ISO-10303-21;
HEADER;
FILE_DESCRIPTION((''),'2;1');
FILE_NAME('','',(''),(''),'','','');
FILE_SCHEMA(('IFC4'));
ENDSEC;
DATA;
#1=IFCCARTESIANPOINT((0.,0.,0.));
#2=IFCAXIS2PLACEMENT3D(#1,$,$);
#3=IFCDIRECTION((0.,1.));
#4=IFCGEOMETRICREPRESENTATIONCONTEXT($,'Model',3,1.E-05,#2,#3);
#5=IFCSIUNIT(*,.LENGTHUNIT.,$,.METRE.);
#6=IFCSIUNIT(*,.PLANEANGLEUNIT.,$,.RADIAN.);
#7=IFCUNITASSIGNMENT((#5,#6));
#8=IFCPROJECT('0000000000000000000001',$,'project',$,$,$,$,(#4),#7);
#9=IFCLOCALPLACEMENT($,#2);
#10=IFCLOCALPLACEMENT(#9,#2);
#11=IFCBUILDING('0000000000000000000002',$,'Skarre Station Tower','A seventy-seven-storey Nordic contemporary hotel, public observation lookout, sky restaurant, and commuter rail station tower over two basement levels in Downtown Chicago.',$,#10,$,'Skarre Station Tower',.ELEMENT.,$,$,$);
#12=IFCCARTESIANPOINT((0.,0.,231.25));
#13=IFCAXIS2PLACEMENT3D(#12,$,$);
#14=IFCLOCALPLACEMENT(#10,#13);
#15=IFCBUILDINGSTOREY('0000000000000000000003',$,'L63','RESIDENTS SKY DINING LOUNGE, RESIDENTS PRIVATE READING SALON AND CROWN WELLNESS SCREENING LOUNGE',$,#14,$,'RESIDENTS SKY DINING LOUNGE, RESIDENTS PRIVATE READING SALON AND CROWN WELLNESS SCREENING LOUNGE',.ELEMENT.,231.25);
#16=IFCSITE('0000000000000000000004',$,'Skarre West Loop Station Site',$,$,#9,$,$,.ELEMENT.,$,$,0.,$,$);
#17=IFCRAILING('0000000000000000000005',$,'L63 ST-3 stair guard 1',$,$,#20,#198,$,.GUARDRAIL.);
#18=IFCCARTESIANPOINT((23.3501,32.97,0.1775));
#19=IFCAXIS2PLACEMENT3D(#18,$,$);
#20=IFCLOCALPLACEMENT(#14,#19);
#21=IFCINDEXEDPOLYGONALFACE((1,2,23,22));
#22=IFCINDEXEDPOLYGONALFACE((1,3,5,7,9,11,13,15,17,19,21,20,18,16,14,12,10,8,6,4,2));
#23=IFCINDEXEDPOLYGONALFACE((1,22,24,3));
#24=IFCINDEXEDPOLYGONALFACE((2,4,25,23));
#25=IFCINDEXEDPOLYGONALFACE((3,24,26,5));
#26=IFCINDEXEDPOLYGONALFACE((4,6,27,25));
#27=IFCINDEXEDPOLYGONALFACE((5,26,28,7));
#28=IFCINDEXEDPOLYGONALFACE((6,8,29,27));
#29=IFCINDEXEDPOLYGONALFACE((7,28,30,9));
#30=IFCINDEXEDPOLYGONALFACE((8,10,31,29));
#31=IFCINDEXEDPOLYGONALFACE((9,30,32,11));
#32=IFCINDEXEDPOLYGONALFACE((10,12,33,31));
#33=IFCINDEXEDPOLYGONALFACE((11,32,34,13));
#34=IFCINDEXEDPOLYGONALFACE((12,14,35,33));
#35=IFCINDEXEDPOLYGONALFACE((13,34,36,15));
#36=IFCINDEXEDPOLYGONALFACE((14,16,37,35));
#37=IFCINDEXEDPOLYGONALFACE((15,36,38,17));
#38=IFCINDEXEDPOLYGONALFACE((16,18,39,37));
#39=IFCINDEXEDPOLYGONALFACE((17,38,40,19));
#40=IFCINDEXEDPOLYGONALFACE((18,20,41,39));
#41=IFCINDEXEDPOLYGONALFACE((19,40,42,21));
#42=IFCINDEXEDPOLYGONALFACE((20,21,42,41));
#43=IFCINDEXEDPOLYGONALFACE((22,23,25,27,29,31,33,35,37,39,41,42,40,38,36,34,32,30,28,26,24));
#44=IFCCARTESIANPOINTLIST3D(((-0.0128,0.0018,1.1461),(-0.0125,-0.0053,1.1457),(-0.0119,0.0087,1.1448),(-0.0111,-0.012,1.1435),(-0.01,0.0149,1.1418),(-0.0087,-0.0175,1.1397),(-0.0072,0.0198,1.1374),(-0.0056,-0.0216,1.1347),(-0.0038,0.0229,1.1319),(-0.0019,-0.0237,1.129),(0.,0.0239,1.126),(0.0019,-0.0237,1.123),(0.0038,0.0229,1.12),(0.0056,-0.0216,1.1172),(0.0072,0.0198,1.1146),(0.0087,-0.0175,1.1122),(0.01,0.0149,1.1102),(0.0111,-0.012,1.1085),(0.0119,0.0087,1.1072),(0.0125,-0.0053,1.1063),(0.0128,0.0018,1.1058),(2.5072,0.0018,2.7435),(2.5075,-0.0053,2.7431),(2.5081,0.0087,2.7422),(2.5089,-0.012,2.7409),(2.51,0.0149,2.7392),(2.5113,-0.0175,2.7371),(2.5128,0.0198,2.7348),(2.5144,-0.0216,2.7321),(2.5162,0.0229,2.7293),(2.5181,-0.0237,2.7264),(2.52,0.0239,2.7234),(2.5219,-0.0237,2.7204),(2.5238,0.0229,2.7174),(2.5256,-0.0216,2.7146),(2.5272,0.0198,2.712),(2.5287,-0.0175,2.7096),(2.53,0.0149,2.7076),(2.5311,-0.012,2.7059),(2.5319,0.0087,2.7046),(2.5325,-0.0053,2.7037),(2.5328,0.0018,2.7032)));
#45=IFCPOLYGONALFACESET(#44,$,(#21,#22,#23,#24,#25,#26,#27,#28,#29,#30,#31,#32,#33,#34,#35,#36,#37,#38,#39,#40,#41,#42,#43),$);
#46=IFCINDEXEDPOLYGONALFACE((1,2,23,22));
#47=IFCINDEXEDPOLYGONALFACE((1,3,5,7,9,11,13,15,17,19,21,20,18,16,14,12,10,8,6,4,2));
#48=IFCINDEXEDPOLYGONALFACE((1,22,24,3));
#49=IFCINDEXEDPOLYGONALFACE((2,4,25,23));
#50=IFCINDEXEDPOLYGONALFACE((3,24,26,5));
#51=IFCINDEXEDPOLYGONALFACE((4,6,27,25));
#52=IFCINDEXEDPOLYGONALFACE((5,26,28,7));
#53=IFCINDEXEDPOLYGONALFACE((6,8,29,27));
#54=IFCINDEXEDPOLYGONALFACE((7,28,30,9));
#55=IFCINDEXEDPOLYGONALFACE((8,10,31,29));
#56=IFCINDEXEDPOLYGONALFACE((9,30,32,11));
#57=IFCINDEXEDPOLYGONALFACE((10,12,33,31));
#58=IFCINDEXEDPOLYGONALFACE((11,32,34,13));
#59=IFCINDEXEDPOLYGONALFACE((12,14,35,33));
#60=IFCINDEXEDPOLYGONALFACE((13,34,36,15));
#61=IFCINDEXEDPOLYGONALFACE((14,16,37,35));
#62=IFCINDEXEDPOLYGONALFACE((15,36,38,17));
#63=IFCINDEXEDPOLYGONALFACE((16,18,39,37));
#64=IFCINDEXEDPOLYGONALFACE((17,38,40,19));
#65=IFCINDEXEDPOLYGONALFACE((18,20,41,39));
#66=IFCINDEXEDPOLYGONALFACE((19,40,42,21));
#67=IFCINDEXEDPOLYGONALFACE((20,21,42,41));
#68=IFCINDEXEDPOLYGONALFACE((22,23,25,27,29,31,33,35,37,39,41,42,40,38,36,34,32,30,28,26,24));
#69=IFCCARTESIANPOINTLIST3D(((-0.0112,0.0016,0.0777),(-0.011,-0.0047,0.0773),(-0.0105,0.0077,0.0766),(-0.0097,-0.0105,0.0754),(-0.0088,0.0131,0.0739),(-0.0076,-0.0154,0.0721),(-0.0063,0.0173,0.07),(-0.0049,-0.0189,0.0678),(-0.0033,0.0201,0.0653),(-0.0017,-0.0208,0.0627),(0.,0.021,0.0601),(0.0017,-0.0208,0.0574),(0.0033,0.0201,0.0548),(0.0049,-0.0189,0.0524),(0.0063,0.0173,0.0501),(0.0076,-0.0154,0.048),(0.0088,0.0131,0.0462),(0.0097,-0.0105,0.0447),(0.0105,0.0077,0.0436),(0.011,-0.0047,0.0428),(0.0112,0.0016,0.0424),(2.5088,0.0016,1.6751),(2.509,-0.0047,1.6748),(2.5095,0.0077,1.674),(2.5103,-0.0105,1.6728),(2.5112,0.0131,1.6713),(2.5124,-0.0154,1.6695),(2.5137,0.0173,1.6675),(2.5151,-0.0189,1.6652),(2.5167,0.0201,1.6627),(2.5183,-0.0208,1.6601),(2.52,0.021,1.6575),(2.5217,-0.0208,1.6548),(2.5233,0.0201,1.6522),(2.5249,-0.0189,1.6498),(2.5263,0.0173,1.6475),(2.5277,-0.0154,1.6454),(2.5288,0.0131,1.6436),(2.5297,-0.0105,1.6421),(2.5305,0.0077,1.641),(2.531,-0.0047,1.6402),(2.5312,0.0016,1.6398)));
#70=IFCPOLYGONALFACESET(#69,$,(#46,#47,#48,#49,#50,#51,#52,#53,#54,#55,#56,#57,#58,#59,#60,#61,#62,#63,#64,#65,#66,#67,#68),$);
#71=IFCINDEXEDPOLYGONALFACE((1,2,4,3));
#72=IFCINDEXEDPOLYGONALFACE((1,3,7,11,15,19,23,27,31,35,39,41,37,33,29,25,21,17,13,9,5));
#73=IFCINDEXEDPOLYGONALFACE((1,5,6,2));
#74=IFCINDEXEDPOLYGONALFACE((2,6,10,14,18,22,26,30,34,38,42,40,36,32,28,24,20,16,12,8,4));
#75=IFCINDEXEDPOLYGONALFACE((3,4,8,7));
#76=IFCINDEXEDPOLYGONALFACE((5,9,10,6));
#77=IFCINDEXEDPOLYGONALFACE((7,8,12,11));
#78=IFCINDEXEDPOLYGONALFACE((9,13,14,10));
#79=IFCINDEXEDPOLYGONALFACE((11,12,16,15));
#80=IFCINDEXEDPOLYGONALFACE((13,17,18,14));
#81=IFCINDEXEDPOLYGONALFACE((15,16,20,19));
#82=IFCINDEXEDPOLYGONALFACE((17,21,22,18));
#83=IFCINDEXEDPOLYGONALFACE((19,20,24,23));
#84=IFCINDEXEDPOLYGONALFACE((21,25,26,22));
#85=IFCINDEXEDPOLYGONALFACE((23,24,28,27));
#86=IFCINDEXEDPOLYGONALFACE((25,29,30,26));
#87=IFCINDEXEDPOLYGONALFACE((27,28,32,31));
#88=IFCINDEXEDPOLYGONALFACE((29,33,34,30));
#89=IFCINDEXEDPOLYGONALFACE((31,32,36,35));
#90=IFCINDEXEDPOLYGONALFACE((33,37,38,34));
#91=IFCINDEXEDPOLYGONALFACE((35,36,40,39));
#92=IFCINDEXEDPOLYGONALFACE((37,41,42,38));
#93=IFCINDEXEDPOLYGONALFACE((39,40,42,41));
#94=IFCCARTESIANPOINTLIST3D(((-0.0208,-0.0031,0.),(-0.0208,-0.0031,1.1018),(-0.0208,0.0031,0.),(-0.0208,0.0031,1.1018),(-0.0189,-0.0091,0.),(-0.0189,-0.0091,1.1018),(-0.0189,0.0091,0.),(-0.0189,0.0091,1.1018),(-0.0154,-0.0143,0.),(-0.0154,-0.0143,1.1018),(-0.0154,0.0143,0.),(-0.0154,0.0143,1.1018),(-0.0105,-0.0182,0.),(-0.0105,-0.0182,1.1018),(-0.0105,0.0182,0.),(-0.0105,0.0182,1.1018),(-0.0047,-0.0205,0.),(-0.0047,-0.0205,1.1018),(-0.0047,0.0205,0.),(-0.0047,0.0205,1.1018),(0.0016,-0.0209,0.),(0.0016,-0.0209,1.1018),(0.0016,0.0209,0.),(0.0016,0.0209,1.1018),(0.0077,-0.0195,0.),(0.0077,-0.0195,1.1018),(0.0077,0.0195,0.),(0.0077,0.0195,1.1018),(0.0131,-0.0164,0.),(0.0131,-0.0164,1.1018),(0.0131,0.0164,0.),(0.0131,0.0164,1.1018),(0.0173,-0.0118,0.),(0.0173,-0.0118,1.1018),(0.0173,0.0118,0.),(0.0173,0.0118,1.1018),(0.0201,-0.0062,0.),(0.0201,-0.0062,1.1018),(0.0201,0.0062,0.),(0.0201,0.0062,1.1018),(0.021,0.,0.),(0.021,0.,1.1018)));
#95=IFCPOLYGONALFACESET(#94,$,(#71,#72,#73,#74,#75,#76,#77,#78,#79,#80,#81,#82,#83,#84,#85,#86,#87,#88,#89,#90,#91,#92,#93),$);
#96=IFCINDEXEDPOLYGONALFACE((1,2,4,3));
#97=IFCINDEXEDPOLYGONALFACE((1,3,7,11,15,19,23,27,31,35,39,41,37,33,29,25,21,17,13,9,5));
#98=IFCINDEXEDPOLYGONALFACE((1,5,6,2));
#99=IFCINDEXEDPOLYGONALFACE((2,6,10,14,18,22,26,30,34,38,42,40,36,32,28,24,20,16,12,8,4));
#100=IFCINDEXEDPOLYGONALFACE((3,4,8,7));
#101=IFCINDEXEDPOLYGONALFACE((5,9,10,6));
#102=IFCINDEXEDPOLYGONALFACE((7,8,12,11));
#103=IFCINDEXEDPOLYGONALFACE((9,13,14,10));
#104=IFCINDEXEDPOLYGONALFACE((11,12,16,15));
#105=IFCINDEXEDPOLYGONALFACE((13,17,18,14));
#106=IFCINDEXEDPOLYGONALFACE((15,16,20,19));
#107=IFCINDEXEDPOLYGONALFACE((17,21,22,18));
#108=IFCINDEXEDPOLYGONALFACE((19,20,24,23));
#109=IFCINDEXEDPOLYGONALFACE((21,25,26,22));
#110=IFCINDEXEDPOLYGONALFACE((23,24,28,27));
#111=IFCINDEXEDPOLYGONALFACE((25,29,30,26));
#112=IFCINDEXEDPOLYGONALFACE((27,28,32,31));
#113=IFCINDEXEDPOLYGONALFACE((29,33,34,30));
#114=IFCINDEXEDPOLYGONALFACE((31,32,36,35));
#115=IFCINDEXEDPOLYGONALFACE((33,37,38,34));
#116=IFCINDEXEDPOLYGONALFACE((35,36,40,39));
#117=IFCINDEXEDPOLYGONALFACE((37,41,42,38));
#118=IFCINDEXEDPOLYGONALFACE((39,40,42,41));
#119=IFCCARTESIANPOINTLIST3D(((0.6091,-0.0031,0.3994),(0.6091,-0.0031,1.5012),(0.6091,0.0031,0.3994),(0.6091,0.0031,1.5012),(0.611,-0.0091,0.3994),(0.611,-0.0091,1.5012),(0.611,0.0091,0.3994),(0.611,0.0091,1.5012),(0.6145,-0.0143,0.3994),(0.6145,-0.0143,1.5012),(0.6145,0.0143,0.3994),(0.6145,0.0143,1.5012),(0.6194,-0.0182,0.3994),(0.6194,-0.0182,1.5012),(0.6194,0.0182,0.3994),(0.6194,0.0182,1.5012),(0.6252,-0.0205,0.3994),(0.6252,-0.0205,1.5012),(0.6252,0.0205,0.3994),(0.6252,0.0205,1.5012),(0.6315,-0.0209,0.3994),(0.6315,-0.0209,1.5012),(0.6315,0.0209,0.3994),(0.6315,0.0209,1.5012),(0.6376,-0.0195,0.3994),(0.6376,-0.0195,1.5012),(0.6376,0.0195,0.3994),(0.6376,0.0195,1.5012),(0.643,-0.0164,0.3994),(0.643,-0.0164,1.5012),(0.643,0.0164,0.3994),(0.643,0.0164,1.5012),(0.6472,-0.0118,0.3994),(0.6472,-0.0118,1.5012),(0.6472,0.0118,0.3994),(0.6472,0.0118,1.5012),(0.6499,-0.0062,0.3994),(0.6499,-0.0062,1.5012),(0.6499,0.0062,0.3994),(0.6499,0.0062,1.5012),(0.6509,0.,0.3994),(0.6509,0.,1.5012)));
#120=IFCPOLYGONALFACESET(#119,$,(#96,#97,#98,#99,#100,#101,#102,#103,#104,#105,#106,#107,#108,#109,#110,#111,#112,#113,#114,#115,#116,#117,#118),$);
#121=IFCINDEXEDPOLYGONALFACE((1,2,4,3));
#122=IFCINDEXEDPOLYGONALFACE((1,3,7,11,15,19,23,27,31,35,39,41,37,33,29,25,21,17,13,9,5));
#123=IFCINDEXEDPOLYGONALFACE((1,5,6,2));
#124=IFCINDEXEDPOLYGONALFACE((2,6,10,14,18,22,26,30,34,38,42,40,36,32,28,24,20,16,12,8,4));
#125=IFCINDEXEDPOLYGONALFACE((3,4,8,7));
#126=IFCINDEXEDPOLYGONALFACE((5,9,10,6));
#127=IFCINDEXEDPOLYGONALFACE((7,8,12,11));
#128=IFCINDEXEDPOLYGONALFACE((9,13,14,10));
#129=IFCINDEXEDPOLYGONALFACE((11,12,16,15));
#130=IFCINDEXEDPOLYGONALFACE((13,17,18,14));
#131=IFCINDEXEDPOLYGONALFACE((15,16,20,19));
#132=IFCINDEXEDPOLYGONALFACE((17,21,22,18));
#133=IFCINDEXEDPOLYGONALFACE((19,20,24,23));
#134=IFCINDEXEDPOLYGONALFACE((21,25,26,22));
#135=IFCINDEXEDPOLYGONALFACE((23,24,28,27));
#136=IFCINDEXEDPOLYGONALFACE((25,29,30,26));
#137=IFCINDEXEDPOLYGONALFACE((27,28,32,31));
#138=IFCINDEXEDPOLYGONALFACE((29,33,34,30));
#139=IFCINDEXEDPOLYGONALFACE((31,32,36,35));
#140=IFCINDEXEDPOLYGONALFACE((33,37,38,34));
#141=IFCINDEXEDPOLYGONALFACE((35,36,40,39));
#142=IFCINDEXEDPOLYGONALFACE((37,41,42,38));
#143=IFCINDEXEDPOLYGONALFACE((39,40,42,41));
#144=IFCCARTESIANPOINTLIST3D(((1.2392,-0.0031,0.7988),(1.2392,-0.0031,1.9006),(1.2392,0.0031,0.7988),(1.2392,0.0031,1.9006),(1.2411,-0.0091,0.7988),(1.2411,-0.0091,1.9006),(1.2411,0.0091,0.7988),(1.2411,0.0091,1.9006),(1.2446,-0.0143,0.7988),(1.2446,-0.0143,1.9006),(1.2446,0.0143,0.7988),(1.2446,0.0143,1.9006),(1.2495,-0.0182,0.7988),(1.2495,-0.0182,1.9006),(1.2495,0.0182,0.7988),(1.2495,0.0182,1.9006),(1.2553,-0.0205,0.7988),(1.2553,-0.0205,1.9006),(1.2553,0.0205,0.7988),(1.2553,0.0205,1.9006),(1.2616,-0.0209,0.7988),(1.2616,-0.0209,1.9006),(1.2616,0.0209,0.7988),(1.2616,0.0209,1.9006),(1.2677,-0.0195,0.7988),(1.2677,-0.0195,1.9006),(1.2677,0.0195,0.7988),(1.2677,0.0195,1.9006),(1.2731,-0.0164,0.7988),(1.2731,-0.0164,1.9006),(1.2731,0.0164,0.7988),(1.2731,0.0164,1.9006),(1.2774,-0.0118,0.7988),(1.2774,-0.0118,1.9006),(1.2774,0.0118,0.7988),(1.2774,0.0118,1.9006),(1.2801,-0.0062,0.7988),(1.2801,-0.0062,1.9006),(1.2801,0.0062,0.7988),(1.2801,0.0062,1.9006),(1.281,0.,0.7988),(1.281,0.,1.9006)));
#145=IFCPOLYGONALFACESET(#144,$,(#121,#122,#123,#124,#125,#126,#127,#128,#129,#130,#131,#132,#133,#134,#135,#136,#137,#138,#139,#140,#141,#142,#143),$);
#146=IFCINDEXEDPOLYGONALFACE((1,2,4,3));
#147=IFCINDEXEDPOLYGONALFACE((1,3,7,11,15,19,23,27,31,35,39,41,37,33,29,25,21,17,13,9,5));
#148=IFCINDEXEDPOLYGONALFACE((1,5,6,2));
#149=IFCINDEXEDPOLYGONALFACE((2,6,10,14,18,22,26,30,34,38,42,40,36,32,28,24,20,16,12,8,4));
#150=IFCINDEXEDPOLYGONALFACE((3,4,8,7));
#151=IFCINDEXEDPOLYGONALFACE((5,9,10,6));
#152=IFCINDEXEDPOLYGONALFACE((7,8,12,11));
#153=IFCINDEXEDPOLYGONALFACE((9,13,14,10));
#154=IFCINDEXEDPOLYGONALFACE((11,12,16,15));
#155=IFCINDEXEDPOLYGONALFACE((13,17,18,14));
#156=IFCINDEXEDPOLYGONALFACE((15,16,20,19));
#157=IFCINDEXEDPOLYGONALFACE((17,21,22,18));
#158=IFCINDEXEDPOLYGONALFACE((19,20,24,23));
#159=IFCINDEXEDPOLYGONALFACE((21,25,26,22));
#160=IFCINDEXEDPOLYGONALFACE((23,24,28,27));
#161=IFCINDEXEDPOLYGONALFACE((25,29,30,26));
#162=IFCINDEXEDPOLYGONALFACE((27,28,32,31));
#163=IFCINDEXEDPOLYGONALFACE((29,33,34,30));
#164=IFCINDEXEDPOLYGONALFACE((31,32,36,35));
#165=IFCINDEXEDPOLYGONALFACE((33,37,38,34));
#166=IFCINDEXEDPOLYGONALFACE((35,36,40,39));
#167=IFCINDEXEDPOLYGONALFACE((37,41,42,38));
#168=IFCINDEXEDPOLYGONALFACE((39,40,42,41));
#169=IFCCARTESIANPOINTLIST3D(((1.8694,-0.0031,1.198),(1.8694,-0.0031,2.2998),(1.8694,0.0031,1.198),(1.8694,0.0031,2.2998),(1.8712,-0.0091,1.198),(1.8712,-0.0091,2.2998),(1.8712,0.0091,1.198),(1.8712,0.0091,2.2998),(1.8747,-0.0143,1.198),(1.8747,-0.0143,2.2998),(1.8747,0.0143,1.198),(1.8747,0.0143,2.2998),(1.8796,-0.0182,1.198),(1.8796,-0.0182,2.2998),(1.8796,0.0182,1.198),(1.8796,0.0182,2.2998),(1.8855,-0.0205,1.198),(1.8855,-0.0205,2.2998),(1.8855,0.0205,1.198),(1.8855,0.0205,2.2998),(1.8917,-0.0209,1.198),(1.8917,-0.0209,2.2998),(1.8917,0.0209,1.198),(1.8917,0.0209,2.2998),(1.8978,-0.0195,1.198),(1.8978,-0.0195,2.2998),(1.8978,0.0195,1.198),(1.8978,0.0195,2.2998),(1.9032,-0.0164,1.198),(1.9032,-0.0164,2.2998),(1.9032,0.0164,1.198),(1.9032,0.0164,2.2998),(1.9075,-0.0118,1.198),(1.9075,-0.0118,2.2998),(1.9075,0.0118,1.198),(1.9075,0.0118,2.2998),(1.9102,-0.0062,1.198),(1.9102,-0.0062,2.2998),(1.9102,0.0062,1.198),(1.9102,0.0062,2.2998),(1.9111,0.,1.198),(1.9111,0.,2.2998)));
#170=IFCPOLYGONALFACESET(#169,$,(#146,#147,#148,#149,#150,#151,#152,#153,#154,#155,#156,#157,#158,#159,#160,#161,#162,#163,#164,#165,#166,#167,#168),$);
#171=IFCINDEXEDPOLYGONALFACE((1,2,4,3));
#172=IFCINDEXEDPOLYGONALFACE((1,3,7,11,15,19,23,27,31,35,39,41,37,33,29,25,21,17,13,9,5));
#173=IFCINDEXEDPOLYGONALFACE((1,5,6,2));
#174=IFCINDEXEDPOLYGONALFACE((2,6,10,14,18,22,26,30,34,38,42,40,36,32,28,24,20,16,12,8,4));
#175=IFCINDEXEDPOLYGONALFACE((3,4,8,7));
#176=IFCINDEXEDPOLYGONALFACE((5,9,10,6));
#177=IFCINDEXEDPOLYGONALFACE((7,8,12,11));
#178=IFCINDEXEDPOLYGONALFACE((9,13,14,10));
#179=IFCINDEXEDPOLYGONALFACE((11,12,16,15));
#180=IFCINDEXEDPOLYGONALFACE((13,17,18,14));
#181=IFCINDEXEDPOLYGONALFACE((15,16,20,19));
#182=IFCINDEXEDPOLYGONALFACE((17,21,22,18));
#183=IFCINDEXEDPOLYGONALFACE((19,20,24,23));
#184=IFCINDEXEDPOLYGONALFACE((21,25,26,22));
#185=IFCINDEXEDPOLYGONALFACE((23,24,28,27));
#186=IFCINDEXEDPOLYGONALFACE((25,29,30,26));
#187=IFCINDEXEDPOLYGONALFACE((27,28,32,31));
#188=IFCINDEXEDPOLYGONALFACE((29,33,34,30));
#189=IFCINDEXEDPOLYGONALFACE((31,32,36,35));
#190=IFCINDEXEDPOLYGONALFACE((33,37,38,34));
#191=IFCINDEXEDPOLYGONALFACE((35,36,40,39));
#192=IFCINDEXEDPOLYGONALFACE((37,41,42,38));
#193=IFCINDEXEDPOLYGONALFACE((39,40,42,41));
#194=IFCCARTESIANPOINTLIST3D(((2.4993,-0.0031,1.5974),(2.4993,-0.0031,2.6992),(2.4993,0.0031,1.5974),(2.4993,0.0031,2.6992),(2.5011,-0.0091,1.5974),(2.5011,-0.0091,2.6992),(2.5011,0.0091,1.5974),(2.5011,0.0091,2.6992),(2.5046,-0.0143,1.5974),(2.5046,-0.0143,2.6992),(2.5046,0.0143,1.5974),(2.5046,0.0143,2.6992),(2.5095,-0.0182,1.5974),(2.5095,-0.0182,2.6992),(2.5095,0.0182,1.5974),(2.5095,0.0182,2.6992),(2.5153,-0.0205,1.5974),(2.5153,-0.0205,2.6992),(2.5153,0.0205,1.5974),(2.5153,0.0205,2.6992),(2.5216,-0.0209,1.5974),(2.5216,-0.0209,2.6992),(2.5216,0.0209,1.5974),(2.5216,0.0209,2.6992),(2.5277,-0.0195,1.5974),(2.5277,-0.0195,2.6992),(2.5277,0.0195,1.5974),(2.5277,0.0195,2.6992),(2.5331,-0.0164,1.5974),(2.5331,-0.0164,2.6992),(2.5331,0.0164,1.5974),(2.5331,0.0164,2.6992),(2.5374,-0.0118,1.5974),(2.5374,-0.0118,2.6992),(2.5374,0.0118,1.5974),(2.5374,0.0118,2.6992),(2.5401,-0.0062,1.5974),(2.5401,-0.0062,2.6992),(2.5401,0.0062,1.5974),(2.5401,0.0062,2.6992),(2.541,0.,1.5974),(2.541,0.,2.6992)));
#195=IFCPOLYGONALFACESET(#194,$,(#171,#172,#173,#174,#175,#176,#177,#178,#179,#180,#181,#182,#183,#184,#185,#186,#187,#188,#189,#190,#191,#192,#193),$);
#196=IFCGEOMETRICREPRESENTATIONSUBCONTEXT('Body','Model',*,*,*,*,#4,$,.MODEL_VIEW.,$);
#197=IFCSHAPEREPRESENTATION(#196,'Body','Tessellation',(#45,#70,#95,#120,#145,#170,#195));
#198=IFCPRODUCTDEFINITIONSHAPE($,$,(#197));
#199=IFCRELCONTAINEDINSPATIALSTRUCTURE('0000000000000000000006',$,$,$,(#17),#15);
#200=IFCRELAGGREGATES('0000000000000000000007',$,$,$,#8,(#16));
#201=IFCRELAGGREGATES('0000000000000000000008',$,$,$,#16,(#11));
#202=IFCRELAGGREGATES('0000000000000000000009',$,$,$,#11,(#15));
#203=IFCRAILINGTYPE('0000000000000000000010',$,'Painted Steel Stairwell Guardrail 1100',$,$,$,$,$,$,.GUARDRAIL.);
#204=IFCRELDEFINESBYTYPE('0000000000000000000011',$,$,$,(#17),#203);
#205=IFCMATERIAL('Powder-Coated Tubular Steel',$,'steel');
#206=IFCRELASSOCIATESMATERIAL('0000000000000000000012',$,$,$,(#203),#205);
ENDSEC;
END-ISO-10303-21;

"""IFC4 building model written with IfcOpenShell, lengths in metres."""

from ifc_helpers import new_model, si_unit, direction, frame, origin, origin_2d, place, context, subcontext, project, spatial, circle, extrude, material, type_object, element, save


model = new_model("IFC4")

# Units and contexts
model_context = context("Model", 3, precision=1e-05, world=origin(), true_north=direction((0.0, 1.0)))
body_context = subcontext(model_context, "Body", "Model", "MODEL_VIEW")
ifc_project = project(units=[si_unit("LENGTHUNIT", "METRE"), si_unit("PLANEANGLEUNIT", "RADIAN")], contexts=[model_context])

# Site, building, storey
site_placement = place(None, origin())
site = spatial("IfcSite", under=ifc_project, at=site_placement, Name="Skarre West Loop Station Site", CompositionType="ELEMENT", RefElevation=0.0)
building_placement = place(site_placement, origin())
building = spatial("IfcBuilding", under=site, at=building_placement, Name="Skarre Station Tower", Description="A seventy-seven-storey Nordic contemporary hotel, public observation lookout, sky restaurant, and commuter rail station tower over two basement levels in Downtown Chicago.", LongName="Skarre Station Tower", CompositionType="ELEMENT")
storey_placement = place(building_placement, frame((0.0, 0.0, 231.25)))
storey = spatial("IfcBuildingStorey", under=building, at=storey_placement, Name="L63", Description="RESIDENTS SKY DINING LOUNGE, RESIDENTS PRIVATE READING SALON AND CROWN WELLNESS SCREENING LOUNGE", LongName="RESIDENTS SKY DINING LOUNGE, RESIDENTS PRIVATE READING SALON AND CROWN WELLNESS SCREENING LOUNGE", CompositionType="ELEMENT", Elevation=231.25)

# Railing
ifc_material_1 = material(Name="Powder-Coated Tubular Steel", Category="steel")
railing_type_1 = type_object("IfcRailingType", Name="Painted Steel Stairwell Guardrail 1100", PredefinedType="GUARDRAIL", material=ifc_material_1)
railing_1_placement = place(storey_placement, frame((23.3501, 32.97, 0.1775)))
element("IfcRailing", 1, at=railing_1_placement, inside=storey, type_object=railing_type_1, Name="L63 ST-3 stair guard 1", PredefinedType="GUARDRAIL", context=body_context, shape_type="SweptSolid", body=[
    extrude(circle(Radius=0.0239, at=origin_2d()), frame((0.0, 0.0, 1.126), z_axis=(0.844607, 0.0, 0.535387), x_axis=(0.0, 1.0, 0.0)), (0.0, 0.0, 1.0), 2.9836),
    extrude(circle(Radius=0.021, at=origin_2d()), frame((0.0, 0.0, 0.0601), z_axis=(0.844607, 0.0, 0.535387), x_axis=(0.0, 1.0, 0.0)), (0.0, 0.0, 1.0), 2.9836),
    extrude(circle(Radius=0.021, at=origin_2d()), origin(), (0.0, 0.0, 1.0), 1.1018),
    extrude(circle(Radius=0.021, at=origin_2d()), frame((0.6299, 0.0, 0.3994)), (0.0, 0.0, 1.0), 1.1018),
    extrude(circle(Radius=0.021, at=origin_2d()), frame((1.26, 0.0, 0.7988)), (0.0, 0.0, 1.0), 1.1018),
    extrude(circle(Radius=0.021, at=origin_2d()), frame((1.8901, 0.0, 1.198)), (0.0, 0.0, 1.0), 1.1018),
    extrude(circle(Radius=0.021, at=origin_2d()), frame((2.52, 0.0, 1.5974)), (0.0, 0.0, 1.0), 1.1018),
])

save(model, "model.ifc")
